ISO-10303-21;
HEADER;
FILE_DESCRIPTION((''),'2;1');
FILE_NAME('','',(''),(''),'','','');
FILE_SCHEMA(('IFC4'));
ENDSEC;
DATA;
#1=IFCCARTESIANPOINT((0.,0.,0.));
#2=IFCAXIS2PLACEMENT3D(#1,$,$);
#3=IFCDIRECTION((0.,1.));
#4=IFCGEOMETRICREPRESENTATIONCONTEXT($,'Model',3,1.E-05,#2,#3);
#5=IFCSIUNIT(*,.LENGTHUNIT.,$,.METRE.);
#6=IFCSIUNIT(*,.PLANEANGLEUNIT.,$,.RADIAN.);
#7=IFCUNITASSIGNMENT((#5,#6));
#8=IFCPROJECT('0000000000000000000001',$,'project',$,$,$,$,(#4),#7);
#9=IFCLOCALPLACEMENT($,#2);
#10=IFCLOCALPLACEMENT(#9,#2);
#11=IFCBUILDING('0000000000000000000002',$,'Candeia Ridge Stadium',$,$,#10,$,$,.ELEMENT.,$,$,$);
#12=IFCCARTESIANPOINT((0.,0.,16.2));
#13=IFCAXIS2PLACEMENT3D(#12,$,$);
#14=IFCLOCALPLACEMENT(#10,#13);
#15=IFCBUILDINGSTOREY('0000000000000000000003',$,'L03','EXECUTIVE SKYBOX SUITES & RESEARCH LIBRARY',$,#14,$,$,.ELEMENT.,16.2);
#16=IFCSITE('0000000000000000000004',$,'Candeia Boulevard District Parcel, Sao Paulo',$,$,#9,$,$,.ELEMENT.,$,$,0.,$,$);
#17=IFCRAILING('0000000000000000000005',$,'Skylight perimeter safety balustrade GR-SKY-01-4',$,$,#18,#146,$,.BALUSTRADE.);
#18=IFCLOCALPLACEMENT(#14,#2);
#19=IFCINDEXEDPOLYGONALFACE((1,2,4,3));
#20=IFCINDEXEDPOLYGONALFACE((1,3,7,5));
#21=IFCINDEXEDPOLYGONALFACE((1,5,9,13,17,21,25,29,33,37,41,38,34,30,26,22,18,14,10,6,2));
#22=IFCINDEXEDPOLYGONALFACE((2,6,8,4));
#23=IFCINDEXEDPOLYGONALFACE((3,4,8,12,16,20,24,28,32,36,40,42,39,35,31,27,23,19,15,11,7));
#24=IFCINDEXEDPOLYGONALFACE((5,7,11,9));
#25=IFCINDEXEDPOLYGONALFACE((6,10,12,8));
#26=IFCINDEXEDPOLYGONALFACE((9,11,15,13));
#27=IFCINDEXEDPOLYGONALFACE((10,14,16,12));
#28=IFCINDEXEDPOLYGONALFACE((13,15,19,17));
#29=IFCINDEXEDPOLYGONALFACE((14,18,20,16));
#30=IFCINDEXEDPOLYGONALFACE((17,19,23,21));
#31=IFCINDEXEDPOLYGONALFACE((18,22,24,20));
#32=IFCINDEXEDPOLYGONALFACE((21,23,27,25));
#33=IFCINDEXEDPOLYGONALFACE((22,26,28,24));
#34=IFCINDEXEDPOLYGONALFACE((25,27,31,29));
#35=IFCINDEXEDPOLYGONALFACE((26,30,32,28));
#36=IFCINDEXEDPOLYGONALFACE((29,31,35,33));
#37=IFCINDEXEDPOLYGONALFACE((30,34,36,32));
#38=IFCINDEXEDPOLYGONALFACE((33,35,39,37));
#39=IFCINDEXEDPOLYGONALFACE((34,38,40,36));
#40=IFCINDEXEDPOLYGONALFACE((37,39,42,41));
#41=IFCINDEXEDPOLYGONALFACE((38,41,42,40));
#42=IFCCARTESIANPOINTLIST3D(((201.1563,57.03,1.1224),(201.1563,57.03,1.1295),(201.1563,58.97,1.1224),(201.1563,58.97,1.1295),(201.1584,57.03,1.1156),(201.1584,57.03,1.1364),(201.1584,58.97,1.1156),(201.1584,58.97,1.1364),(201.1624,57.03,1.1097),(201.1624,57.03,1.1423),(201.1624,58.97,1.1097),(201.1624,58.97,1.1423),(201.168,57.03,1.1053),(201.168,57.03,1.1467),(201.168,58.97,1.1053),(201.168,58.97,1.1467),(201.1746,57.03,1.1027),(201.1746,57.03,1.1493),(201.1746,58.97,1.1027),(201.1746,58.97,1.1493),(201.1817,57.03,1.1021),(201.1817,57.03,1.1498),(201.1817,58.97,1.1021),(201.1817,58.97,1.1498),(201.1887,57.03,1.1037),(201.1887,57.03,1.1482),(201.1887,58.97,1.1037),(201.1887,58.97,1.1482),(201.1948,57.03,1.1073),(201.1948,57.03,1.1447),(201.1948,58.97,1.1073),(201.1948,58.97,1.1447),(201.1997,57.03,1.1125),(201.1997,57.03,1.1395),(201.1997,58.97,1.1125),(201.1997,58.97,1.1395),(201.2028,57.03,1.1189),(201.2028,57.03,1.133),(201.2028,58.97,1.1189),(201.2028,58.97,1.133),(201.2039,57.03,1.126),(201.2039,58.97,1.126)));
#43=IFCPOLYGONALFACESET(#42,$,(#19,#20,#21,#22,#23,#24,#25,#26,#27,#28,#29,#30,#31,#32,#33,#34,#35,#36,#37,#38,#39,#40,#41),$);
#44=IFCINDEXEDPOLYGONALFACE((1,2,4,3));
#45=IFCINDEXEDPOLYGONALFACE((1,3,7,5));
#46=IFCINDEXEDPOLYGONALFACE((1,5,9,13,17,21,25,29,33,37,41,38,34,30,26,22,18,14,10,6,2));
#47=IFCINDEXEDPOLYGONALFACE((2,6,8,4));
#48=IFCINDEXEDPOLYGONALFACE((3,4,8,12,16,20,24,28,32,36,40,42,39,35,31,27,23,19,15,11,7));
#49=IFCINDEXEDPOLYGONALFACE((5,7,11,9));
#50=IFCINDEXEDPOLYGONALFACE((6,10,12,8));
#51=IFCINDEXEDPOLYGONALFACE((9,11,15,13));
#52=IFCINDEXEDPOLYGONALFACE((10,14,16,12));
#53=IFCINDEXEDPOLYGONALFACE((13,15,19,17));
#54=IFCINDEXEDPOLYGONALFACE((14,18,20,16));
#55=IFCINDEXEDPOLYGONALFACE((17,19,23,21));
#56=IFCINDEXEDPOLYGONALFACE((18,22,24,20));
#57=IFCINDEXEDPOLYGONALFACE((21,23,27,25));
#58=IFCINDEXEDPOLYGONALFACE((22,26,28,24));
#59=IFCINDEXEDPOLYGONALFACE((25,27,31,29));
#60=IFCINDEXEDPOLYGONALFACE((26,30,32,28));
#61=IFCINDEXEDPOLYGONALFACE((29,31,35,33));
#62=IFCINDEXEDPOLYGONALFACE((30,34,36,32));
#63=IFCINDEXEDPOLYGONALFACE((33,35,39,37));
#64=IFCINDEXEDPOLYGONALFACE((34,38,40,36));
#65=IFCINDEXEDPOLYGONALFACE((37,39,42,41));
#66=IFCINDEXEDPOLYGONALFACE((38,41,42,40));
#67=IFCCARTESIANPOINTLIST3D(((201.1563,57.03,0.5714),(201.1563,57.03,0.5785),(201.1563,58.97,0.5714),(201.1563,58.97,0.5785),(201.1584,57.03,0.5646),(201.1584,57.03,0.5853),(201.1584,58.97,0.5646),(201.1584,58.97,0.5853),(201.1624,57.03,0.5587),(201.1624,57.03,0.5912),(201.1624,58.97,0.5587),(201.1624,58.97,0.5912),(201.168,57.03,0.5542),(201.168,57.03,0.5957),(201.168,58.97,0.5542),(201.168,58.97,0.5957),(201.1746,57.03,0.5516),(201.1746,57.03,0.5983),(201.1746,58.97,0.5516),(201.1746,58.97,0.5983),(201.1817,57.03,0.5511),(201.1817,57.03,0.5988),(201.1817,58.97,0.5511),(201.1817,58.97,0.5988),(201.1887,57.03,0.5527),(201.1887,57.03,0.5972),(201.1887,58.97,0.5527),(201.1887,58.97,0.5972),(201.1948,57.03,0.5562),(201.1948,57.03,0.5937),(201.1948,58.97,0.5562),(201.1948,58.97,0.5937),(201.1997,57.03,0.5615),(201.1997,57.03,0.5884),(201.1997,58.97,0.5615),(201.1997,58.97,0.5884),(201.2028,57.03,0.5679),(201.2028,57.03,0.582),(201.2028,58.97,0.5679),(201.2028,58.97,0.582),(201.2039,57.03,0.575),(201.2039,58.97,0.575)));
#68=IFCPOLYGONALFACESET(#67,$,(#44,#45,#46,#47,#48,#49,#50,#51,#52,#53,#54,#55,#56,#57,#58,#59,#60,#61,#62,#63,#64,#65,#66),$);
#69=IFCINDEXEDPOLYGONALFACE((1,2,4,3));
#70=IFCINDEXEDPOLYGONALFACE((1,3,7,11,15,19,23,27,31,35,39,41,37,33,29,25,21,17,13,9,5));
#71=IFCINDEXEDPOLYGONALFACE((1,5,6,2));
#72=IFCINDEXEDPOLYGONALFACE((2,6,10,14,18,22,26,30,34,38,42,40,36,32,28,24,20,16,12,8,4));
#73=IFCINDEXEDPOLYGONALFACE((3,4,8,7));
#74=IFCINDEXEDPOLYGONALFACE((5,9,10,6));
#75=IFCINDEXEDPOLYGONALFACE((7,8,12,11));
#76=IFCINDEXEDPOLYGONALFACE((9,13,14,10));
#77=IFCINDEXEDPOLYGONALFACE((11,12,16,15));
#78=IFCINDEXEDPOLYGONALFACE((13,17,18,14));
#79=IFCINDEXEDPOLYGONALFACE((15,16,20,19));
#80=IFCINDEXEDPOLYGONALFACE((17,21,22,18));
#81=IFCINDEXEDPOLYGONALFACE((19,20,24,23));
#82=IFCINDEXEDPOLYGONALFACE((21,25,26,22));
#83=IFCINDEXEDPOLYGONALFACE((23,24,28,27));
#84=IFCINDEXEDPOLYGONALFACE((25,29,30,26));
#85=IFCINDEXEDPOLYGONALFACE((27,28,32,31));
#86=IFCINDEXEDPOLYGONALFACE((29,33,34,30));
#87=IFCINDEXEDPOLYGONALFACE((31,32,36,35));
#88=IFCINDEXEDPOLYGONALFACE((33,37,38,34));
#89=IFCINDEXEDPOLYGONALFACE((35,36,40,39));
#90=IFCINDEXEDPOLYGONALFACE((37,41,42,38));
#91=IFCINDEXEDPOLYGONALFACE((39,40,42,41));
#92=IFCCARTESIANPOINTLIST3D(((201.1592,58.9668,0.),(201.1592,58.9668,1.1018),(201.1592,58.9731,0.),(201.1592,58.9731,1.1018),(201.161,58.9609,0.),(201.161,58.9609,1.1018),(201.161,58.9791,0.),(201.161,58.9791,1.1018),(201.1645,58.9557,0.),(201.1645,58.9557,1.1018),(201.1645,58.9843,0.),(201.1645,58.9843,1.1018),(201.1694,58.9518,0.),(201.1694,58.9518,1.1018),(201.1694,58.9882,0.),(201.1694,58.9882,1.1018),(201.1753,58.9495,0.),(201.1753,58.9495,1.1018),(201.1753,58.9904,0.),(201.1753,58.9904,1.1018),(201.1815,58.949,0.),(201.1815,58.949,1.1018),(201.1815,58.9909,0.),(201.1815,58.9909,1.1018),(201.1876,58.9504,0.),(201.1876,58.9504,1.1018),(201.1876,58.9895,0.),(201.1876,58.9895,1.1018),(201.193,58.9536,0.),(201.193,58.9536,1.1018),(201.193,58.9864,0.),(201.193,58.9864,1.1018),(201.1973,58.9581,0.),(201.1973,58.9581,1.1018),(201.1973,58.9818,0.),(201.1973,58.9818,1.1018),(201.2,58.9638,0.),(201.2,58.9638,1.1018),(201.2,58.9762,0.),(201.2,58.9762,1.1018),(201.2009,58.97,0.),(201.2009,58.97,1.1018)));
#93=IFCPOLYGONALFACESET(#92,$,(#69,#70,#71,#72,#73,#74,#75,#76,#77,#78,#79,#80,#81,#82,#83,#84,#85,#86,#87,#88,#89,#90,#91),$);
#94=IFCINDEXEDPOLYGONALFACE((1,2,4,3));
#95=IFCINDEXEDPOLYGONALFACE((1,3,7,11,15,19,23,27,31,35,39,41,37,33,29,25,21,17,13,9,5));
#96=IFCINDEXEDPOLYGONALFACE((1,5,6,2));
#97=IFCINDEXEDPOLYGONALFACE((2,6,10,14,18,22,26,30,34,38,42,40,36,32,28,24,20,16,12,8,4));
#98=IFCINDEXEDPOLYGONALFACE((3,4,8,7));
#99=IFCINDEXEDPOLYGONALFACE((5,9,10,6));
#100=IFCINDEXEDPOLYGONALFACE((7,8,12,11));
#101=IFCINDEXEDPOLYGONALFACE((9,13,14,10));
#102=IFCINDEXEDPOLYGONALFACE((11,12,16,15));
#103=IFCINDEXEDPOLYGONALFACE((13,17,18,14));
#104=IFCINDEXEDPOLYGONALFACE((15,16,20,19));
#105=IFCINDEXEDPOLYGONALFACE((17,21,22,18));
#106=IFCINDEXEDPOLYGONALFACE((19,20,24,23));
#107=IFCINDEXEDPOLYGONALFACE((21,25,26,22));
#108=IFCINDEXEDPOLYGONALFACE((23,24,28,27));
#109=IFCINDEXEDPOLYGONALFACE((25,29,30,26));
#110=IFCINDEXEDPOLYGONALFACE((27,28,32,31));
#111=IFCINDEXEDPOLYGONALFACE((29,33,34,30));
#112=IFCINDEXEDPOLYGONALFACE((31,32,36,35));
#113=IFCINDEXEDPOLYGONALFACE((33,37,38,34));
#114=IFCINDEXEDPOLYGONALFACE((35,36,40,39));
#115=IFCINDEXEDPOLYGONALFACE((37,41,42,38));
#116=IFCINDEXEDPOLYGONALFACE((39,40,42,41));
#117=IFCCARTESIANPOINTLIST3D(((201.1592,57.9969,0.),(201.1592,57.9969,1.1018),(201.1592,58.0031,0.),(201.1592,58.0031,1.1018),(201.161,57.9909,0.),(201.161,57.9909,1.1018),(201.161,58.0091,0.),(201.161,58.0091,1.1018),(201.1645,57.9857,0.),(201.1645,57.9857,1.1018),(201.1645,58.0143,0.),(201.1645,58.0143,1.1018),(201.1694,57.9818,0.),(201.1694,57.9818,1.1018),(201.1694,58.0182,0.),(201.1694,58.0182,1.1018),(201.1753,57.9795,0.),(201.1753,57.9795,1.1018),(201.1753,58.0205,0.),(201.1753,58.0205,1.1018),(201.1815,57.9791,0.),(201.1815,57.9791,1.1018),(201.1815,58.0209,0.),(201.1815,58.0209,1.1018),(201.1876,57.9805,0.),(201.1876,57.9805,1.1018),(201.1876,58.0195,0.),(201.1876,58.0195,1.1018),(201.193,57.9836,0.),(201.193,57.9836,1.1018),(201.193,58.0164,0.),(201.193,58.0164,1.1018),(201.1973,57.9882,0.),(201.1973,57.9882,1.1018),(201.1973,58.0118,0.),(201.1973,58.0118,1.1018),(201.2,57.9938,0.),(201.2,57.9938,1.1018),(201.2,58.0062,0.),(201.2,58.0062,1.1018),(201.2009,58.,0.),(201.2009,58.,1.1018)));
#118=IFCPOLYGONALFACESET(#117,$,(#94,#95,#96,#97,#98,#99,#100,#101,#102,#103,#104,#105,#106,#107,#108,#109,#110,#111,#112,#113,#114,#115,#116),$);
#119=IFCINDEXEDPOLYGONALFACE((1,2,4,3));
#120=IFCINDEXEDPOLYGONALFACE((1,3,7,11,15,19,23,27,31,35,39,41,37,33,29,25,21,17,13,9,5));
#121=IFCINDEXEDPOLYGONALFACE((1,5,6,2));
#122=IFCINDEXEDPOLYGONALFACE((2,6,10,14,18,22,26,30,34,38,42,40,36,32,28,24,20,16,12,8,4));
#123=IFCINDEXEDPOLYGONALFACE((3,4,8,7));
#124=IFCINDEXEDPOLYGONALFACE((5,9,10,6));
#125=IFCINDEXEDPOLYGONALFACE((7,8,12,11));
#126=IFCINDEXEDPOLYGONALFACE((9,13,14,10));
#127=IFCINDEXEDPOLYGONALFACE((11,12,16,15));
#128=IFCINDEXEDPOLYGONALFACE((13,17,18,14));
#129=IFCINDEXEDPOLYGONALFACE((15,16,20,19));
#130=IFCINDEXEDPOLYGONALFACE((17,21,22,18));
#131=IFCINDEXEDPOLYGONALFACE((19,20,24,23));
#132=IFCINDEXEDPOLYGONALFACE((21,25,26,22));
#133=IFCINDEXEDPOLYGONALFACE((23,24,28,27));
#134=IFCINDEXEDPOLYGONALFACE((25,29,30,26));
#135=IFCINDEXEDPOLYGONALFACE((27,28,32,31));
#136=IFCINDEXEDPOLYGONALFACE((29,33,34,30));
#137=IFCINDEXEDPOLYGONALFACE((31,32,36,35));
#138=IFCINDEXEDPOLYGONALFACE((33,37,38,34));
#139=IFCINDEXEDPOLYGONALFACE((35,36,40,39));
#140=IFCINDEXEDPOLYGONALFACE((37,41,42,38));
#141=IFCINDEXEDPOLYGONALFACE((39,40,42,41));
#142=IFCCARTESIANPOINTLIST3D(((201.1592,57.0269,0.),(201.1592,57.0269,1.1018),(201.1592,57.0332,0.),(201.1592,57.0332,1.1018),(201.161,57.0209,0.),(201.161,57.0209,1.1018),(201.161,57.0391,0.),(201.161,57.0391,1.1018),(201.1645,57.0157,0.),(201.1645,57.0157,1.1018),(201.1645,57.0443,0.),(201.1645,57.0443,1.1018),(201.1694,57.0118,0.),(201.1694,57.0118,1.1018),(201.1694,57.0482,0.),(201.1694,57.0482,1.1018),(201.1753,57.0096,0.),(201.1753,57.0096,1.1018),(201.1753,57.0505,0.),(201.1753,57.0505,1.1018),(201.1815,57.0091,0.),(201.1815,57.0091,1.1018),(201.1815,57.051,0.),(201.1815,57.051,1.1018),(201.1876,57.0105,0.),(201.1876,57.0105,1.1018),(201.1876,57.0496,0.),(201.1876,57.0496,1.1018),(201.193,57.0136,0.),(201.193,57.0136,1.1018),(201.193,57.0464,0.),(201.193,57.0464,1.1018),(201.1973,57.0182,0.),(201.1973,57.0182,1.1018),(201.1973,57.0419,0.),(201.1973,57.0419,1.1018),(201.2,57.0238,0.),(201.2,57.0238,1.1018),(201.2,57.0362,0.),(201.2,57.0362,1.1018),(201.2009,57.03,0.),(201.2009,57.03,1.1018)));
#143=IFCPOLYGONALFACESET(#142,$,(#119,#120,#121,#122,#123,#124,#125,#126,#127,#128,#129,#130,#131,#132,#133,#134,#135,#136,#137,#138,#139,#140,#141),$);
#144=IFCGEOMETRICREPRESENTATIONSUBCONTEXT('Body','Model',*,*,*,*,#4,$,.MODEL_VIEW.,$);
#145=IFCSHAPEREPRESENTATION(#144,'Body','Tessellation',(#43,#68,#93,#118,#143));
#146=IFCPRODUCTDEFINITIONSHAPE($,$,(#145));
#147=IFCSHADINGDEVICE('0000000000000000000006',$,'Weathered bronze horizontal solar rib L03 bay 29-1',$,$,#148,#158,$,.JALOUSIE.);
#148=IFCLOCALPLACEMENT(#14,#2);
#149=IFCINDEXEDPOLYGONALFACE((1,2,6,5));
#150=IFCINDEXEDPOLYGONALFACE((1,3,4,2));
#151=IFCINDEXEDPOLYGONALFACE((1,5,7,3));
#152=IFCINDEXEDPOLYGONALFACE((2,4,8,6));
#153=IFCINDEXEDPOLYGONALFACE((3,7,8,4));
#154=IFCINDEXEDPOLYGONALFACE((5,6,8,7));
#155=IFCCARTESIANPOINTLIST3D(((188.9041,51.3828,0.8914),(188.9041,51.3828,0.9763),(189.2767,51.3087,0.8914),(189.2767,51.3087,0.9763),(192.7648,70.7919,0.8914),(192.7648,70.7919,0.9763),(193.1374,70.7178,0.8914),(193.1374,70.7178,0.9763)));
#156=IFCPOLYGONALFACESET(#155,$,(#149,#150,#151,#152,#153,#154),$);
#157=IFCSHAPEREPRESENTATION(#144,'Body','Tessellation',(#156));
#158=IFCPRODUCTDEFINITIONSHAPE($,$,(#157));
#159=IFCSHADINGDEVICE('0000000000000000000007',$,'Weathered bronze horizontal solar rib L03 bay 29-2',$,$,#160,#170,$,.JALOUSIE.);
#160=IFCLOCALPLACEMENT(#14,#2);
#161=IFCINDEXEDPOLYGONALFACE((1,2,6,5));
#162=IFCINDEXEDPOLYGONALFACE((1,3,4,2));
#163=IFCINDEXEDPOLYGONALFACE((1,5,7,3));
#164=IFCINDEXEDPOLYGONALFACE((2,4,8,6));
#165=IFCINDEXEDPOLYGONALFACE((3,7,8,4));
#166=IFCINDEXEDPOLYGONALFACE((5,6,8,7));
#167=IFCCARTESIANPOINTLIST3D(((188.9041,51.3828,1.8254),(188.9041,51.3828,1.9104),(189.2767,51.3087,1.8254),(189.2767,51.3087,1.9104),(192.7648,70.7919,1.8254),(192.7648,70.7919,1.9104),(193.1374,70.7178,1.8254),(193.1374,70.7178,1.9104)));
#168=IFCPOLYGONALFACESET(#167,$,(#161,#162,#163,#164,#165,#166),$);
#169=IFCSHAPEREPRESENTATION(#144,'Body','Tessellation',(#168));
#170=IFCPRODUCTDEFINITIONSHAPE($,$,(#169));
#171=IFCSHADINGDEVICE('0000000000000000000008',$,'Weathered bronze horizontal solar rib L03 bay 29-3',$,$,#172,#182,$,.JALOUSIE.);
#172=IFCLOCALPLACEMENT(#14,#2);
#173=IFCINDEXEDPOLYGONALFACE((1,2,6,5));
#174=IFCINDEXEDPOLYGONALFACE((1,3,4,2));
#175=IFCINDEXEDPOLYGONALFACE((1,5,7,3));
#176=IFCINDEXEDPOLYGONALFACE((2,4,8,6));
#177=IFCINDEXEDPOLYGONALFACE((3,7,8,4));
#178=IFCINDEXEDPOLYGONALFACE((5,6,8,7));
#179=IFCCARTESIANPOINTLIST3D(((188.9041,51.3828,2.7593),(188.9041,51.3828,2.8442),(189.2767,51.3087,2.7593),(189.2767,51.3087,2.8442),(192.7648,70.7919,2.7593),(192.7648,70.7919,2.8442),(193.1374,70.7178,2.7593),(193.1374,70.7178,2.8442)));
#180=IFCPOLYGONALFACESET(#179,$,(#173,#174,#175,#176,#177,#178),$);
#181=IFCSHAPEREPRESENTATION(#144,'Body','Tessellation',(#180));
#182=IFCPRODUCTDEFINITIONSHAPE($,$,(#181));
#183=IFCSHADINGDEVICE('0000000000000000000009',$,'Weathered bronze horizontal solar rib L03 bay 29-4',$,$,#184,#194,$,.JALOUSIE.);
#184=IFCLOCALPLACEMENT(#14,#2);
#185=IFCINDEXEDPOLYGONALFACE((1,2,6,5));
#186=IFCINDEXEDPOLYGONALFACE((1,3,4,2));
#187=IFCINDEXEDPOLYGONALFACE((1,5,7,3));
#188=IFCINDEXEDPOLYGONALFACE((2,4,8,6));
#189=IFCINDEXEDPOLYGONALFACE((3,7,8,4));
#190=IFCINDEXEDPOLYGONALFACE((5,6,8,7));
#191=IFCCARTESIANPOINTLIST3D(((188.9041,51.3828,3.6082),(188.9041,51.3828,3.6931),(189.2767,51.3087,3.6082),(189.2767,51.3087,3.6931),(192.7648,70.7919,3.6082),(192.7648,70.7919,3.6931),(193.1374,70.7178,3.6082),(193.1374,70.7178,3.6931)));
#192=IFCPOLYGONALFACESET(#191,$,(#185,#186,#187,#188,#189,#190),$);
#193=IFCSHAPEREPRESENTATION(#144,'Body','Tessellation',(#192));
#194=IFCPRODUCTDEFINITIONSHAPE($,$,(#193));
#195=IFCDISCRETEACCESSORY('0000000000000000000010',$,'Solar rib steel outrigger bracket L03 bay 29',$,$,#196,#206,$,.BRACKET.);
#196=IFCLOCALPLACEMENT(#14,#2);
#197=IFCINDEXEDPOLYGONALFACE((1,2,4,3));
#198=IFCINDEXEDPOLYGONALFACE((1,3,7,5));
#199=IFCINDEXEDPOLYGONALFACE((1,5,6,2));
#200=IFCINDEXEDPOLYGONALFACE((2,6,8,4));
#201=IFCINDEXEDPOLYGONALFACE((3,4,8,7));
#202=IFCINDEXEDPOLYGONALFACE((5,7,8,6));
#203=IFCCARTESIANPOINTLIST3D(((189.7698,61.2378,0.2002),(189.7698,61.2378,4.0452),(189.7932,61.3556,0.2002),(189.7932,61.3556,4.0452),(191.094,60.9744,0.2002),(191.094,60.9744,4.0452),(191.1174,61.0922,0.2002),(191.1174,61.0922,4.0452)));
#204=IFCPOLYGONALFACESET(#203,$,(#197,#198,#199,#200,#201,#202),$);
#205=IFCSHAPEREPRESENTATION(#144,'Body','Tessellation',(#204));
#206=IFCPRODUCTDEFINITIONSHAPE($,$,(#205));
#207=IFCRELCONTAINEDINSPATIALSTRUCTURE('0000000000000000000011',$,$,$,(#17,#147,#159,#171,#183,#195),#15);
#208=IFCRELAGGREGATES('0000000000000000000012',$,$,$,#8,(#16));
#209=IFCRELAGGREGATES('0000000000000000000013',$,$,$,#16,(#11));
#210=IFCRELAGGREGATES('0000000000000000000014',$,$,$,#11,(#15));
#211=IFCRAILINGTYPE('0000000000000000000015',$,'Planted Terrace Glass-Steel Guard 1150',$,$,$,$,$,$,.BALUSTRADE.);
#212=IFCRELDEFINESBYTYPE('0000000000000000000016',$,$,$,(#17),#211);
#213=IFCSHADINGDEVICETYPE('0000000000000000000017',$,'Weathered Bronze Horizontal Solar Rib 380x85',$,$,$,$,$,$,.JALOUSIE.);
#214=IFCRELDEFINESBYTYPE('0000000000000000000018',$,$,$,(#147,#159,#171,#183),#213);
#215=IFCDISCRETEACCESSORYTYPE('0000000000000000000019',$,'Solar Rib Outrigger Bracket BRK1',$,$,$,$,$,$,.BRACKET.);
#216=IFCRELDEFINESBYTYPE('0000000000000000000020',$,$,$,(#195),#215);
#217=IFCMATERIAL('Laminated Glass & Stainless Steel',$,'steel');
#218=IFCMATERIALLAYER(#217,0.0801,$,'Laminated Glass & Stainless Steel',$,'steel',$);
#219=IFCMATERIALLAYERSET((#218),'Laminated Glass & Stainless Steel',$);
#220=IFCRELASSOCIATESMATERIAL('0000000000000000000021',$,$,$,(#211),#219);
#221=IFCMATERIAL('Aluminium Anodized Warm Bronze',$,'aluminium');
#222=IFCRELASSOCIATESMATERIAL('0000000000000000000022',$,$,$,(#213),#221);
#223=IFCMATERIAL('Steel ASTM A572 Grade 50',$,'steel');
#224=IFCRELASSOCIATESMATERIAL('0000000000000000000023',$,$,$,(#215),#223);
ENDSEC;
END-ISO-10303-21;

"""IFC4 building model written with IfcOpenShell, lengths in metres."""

from ifc_helpers import new_model, si_unit, direction, frame, origin, origin_2d, place, context, subcontext, project, spatial, rectangle, circle, extrude, material, layer, layer_set, type_object, element, save


model = new_model("IFC4")

# Units and contexts
model_context = context("Model", 3, precision=1e-05, world=origin(), true_north=direction((0.0, 1.0)))
body_context = subcontext(model_context, "Body", "Model", "MODEL_VIEW")
ifc_project = project(units=[si_unit("LENGTHUNIT", "METRE"), si_unit("PLANEANGLEUNIT", "RADIAN")], contexts=[model_context])

# Site, building, storey
site_placement = place(None, origin())
site = spatial("IfcSite", under=ifc_project, at=site_placement, Name="Candeia Boulevard District Parcel, Sao Paulo", CompositionType="ELEMENT", RefElevation=0.0)
building_placement = place(site_placement, origin())
building = spatial("IfcBuilding", under=site, at=building_placement, Name="Candeia Ridge Stadium", CompositionType="ELEMENT")
storey_placement = place(building_placement, frame((0.0, 0.0, 16.2)))
storey = spatial("IfcBuildingStorey", under=building, at=storey_placement, Name="L03", Description="EXECUTIVE SKYBOX SUITES & RESEARCH LIBRARY", CompositionType="ELEMENT", Elevation=16.2)

# Shared definitions
ifc_material_1 = material(Name="Aluminium Anodized Warm Bronze", Category="aluminium")

# Shared definitions
ifc_material_2 = material(Name="Steel ASTM A572 Grade 50", Category="steel")

# Railing
ifc_material_3 = material(Name="Laminated Glass & Stainless Steel", Category="steel")
ifc_layer_1 = layer(ifc_material_3, 0.0801, Name="Laminated Glass & Stainless Steel", Category="steel")
ifc_layer_set_1 = layer_set([ifc_layer_1], Name="Laminated Glass & Stainless Steel")
railing_type = type_object("IfcRailingType", Name="Planted Terrace Glass-Steel Guard 1150", PredefinedType="BALUSTRADE", material=ifc_layer_set_1)
railing_1_placement = place(storey_placement, frame((201.1799, 58.97, 0.0)))
element("IfcRailing", 1, at=railing_1_placement, inside=storey, type_object=railing_type, Name="Skylight perimeter safety balustrade GR-SKY-01-4", PredefinedType="BALUSTRADE", context=body_context, shape_type="SweptSolid", body=[
    extrude(circle(Radius=0.0239, at=origin_2d()), frame((0.0, 0.0, 1.126), z_axis=(0.0, -1.0, 0.0), x_axis=(1.0, 0.0, 0.0)), (0.0, 0.0, 1.0), 1.9399),
    extrude(circle(Radius=0.0239, at=origin_2d()), frame((0.0, 0.0, 0.575), z_axis=(0.0, -1.0, 0.0), x_axis=(1.0, 0.0, 0.0)), (0.0, 0.0, 1.0), 1.9399),
    extrude(circle(Radius=0.021, at=origin_2d()), origin(), (0.0, 0.0, 1.0), 1.1018),
    extrude(circle(Radius=0.021, at=origin_2d()), frame((0.0, -0.97, 0.0)), (0.0, 0.0, 1.0), 1.1018),
    extrude(circle(Radius=0.021, at=origin_2d()), frame((0.0, -1.9399, 0.0)), (0.0, 0.0, 1.0), 1.1018),
])

# Shading devices
shading_device_type = type_object("IfcShadingDeviceType", Name="Weathered Bronze Horizontal Solar Rib 380x85", PredefinedType="JALOUSIE", material=ifc_material_1)
for number, where, z_axis, x_axis, name in (
    (2, (191.0208, 61.0503, 0.8914), (0.0, 0.0, 1.0), (0.19509, 0.980785, 0.0), "Weathered bronze horizontal solar rib L03 bay 29-1"),
    (3, (191.0208, 61.0503, 1.8254), (0.0, 0.0, 1.0), (0.19509, 0.980785, 0.0), "Weathered bronze horizontal solar rib L03 bay 29-2"),
    (4, (191.0208, 61.0503, 2.7593), (0.0, 0.0, 1.0), (0.19509, 0.980785, 0.0), "Weathered bronze horizontal solar rib L03 bay 29-3"),
    (5, (191.0208, 61.0503, 3.6082), (0.0, 0.0, 1.0), (0.19509, 0.980785, 0.0), "Weathered bronze horizontal solar rib L03 bay 29-4"),
):
    element("IfcShadingDevice", number, at=place(storey_placement, frame(where, z_axis=z_axis, x_axis=x_axis)), inside=storey, type_object=shading_device_type, Name=name, PredefinedType="JALOUSIE", context=body_context, shape_type="SweptSolid", body=[
        extrude(rectangle(XDim=19.7893, YDim=0.3799, at=origin_2d()), origin(), (0.0, 0.0, 1.0), 0.085),
    ])

# Discrete accessory
discrete_accessory_type = type_object("IfcDiscreteAccessoryType", Name="Solar Rib Outrigger Bracket BRK1", PredefinedType="BRACKET", material=ifc_material_2)
discrete_accessory_placement = place(storey_placement, frame((190.4436, 61.165, 0.2002), z_axis=(0.0, 0.0, 1.0), x_axis=(0.980785, -0.19509, 0.0)))
element("IfcDiscreteAccessory", 6, at=discrete_accessory_placement, inside=storey, type_object=discrete_accessory_type, Name="Solar rib steel outrigger bracket L03 bay 29", PredefinedType="BRACKET", context=body_context, shape_type="SweptSolid", body=[
    extrude(rectangle(XDim=1.3501, YDim=0.1201, at=origin_2d()), origin(), (0.0, 0.0, 1.0), 3.845),
])

save(model, "model.ifc")
